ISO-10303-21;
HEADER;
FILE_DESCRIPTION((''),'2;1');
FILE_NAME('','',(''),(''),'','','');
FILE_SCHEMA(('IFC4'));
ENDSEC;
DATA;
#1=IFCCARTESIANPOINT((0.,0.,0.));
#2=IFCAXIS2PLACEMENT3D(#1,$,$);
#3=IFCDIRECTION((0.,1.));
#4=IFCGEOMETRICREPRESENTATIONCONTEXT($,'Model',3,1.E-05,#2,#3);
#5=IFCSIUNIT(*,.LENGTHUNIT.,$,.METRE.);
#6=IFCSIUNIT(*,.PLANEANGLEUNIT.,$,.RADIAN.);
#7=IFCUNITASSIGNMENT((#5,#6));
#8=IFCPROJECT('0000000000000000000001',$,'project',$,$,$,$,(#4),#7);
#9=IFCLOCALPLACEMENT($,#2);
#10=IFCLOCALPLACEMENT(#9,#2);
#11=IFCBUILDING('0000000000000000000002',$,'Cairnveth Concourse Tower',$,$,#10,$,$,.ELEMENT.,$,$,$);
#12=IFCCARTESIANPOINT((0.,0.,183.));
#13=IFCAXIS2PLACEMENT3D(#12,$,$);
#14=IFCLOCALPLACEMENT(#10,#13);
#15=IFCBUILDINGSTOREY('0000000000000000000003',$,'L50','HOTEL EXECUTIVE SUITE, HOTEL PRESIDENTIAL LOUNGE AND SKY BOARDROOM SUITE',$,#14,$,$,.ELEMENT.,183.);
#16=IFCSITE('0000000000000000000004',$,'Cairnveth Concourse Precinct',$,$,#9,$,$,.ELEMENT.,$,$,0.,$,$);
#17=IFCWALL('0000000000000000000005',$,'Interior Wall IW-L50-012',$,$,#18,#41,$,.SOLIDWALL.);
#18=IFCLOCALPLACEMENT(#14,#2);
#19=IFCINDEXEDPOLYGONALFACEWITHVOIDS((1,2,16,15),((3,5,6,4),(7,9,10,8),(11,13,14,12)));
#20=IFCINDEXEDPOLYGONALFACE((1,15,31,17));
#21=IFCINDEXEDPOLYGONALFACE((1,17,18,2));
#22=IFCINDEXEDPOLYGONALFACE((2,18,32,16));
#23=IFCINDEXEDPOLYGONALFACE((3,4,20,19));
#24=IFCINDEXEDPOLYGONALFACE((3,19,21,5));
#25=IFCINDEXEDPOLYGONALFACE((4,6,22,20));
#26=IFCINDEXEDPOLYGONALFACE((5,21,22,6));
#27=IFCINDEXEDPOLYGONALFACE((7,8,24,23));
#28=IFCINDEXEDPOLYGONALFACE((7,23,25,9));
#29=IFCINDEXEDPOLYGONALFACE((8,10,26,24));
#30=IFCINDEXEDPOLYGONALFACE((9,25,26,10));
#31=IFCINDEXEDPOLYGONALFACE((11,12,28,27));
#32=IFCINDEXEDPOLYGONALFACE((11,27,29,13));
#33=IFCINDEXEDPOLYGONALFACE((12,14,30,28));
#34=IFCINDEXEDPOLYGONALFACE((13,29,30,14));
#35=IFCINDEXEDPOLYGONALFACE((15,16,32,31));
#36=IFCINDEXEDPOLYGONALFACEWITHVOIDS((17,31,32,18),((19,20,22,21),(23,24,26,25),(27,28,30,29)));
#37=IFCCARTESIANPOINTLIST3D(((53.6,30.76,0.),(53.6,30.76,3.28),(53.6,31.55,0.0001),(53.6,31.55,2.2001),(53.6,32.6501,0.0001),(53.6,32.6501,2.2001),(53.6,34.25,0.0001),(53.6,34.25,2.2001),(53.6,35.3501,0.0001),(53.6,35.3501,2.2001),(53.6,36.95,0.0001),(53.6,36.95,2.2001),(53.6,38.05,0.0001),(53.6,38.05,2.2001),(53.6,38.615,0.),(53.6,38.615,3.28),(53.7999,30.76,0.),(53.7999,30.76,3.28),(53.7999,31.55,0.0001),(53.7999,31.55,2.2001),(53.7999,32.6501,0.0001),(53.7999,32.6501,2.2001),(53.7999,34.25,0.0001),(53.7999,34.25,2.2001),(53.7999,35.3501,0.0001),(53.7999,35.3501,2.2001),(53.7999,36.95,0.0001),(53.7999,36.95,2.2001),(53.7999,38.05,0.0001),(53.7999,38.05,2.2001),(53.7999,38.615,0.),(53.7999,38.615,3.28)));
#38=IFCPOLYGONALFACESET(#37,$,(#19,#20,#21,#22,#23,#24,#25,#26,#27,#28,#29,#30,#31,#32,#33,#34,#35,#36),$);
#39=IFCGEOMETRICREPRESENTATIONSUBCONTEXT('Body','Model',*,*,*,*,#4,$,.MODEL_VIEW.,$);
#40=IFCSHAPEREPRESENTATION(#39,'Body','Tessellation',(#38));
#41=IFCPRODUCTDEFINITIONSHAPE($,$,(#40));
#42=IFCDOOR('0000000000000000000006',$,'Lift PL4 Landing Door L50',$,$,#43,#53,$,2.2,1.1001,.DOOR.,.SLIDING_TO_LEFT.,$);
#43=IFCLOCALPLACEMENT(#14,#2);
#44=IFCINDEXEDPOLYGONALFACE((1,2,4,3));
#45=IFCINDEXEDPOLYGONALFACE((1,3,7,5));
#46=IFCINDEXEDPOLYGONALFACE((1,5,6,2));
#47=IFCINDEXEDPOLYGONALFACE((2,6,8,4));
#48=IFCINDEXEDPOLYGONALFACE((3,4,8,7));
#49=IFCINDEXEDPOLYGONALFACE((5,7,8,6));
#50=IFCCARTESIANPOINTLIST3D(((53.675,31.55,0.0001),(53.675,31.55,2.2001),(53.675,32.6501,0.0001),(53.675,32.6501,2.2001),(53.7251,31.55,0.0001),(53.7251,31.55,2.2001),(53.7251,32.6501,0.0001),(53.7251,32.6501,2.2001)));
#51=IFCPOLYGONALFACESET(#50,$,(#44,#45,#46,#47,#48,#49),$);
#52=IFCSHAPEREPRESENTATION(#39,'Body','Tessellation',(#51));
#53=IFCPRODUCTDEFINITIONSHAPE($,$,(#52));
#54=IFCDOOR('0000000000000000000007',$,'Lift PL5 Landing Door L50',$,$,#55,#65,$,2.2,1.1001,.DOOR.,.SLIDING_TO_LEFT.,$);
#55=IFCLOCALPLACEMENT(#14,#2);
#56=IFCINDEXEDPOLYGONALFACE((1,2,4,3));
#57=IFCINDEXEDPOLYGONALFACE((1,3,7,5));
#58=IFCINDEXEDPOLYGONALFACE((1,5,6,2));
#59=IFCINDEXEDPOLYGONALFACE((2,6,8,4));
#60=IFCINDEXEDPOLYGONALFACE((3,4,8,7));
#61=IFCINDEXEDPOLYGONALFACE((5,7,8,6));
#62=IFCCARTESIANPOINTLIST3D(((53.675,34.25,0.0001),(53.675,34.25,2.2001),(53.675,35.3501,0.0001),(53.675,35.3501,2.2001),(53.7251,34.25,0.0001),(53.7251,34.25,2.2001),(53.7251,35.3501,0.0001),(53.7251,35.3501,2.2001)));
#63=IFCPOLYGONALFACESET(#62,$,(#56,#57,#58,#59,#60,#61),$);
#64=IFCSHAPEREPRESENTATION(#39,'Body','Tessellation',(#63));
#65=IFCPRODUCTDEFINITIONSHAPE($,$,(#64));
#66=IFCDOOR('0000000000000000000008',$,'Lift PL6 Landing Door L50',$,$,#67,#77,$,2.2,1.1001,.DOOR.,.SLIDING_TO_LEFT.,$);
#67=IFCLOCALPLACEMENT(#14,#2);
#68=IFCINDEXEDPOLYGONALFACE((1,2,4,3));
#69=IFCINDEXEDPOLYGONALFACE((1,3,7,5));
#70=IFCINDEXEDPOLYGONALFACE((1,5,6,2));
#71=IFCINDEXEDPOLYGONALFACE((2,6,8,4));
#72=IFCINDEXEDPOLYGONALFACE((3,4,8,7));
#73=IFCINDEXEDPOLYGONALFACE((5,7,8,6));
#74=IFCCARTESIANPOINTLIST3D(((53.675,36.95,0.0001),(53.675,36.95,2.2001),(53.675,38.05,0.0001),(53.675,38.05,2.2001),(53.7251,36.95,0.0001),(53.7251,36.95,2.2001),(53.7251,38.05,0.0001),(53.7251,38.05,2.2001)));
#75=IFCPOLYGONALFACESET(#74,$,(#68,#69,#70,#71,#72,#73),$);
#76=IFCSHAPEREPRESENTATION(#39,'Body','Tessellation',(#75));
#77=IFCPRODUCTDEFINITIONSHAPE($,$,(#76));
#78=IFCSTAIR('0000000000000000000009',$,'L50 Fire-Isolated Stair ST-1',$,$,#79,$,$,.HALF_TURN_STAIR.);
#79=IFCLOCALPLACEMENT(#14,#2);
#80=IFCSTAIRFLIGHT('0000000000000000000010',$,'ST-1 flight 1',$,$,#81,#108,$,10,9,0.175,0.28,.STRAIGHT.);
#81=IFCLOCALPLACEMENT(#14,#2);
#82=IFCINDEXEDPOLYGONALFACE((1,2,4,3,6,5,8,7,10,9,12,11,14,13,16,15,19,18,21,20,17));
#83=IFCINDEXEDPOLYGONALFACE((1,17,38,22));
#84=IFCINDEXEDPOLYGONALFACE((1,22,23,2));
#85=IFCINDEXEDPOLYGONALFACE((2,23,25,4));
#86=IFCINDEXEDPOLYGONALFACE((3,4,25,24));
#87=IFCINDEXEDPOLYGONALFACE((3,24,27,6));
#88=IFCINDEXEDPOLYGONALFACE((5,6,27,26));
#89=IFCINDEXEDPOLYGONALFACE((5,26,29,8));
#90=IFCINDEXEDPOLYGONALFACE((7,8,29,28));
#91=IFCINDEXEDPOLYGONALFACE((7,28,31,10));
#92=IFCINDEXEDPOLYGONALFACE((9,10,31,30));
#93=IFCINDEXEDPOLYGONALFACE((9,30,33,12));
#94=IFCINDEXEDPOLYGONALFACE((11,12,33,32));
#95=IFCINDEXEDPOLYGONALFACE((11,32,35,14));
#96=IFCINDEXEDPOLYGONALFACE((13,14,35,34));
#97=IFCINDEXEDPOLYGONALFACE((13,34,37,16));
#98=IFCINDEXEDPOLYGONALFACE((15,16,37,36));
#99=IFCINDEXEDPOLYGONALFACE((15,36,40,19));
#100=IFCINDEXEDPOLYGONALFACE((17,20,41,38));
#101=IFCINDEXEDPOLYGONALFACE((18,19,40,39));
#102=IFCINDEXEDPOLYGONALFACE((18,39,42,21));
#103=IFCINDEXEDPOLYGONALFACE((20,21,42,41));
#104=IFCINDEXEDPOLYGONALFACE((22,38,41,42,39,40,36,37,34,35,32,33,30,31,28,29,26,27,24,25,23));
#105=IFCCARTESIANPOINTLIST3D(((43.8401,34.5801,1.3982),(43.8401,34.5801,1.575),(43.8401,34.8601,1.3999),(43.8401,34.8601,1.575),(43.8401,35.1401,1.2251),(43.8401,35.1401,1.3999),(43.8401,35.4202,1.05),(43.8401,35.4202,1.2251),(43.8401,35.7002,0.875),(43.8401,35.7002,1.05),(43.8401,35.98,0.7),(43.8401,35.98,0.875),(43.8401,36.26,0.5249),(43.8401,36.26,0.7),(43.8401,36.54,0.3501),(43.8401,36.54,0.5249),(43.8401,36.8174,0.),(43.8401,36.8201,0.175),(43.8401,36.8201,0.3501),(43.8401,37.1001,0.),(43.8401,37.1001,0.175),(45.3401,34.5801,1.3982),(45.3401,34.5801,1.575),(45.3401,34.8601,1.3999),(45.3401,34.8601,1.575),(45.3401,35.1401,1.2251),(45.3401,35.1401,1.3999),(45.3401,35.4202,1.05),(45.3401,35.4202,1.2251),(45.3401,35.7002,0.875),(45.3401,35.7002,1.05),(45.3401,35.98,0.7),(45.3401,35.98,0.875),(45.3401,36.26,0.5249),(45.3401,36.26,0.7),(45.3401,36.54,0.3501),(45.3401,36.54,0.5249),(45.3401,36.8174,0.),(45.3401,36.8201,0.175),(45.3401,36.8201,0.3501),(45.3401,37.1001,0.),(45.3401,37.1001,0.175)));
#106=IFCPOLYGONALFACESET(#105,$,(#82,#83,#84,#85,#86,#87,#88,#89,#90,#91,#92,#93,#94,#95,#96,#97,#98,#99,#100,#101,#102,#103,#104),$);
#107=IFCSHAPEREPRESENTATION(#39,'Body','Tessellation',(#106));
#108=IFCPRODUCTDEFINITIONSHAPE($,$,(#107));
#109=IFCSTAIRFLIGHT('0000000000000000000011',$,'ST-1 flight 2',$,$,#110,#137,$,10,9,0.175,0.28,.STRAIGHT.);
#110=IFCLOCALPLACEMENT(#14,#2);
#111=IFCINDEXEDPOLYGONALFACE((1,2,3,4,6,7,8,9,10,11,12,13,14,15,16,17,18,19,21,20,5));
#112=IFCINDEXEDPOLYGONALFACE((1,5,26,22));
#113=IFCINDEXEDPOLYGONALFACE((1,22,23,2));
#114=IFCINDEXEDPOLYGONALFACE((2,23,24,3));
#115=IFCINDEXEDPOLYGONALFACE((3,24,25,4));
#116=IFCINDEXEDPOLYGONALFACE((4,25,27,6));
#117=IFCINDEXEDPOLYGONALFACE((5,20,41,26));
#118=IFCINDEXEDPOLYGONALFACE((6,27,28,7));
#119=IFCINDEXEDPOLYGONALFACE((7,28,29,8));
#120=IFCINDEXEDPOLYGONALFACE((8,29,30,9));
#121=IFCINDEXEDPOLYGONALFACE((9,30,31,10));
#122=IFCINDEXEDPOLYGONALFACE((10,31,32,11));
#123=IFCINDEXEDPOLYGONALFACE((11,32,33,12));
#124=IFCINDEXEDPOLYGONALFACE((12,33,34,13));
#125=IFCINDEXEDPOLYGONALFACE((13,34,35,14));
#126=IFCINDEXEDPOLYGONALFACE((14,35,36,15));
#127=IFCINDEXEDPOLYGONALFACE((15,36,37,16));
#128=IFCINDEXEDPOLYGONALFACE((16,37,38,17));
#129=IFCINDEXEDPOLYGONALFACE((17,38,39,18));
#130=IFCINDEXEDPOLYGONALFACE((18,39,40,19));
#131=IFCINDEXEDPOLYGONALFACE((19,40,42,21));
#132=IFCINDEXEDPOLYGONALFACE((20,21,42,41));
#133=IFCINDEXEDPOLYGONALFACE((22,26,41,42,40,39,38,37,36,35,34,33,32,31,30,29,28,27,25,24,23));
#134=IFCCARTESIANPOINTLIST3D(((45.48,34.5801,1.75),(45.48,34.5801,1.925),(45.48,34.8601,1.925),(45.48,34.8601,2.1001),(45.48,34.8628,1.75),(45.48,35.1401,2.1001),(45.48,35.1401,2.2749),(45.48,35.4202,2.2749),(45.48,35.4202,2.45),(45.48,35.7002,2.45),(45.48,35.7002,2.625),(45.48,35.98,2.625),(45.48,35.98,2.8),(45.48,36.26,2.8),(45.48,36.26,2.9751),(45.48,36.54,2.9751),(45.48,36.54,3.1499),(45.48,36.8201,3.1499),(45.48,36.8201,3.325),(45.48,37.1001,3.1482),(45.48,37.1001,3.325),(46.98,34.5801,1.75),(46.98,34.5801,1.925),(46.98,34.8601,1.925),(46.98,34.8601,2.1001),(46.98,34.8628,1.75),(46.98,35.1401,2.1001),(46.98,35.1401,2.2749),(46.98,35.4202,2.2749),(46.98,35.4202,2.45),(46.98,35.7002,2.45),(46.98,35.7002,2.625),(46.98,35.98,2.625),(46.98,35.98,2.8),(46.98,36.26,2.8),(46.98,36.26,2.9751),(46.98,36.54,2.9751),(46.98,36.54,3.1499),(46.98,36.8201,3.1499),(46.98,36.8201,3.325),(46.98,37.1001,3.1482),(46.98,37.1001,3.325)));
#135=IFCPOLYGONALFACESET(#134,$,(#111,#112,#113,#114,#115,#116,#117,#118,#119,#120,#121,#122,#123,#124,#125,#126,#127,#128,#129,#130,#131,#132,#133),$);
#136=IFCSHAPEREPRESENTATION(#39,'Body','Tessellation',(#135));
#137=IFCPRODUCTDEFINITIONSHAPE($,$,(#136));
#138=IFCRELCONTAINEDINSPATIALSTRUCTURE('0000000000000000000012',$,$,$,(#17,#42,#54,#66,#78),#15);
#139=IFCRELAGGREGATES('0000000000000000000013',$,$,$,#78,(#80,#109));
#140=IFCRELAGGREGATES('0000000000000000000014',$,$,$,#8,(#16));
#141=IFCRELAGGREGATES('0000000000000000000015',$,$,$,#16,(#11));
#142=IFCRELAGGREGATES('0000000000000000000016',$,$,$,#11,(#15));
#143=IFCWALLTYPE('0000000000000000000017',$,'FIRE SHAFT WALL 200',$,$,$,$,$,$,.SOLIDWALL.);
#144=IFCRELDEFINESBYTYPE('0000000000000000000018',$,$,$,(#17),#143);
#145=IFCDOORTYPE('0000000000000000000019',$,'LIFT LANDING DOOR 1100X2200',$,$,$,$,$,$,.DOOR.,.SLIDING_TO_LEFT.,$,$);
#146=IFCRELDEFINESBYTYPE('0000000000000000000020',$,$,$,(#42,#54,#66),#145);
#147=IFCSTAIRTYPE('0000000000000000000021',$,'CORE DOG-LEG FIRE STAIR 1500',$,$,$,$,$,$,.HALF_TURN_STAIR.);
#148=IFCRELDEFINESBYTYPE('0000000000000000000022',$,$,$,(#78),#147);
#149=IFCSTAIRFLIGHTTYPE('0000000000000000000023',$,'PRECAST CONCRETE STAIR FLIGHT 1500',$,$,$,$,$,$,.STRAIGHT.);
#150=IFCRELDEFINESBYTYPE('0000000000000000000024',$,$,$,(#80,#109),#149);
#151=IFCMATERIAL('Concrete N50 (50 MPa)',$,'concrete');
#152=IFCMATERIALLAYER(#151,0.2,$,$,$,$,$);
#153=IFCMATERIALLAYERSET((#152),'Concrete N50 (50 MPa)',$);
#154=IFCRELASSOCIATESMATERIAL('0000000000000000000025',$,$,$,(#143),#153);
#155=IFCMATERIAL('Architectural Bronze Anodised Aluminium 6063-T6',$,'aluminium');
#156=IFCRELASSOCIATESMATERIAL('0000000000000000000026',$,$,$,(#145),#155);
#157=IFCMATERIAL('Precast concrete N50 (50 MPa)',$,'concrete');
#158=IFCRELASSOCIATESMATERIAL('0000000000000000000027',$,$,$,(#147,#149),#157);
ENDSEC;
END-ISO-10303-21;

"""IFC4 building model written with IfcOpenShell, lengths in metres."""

from ifc_helpers import new_model, si_unit, direction, frame, frame_2d, origin, place, context, subcontext, project, spatial, polyline, rectangle, outline, extrude, material, layer, layer_set, type_object, element, fill, aggregate, save


model = new_model("IFC4")

# Units and contexts
model_context = context("Model", 3, precision=1e-05, world=origin(), true_north=direction((0.0, 1.0)))
body_context = subcontext(model_context, "Body", "Model", "MODEL_VIEW")
ifc_project = project(units=[si_unit("LENGTHUNIT", "METRE"), si_unit("PLANEANGLEUNIT", "RADIAN")], contexts=[model_context])

# Site, building, storey
site_placement = place(None, origin())
site = spatial("IfcSite", under=ifc_project, at=site_placement, Name="Cairnveth Concourse Precinct", CompositionType="ELEMENT", RefElevation=0.0)
building_placement = place(site_placement, origin())
building = spatial("IfcBuilding", under=site, at=building_placement, Name="Cairnveth Concourse Tower", CompositionType="ELEMENT")
storey_placement = place(building_placement, frame((0.0, 0.0, 183.0)))
storey = spatial("IfcBuildingStorey", under=building, at=storey_placement, Name="L50", Description="HOTEL EXECUTIVE SUITE, HOTEL PRESIDENTIAL LOUNGE AND SKY BOARDROOM SUITE", CompositionType="ELEMENT", Elevation=183.0)

# Shared definitions
ifc_material_1 = material(Name="Concrete N50 (50 MPa)", Category="concrete")

# Shared definitions
ifc_layer_1 = layer(ifc_material_1, 0.2)
ifc_layer_set_1 = layer_set([ifc_layer_1], Name="Concrete N50 (50 MPa)")
wall_type_1 = type_object("IfcWallType", Name="FIRE SHAFT WALL 200", PredefinedType="SOLIDWALL", material=ifc_layer_set_1)

# Wall, openings, doors
wall_1_placement = place(storey_placement, frame((53.7, 30.76, 0.0), z_axis=(0.0, 0.0, 1.0), x_axis=(0.0, 1.0, 0.0)))
wall_1 = element("IfcWall", 1, at=wall_1_placement, inside=storey, type_object=wall_type_1, Name="Interior Wall IW-L50-012", PredefinedType="SOLIDWALL", context=body_context, shape_type="SweptSolid", body=[
    extrude(rectangle(XDim=7.855, YDim=0.2, at=frame_2d((3.9275, 0.0))), origin(), (0.0, 0.0, 1.0), 3.28),
])
opening_1_placement = place(wall_1_placement, frame((0.79, 0.0, 0.0)))
opening_1 = element("IfcOpeningElement", 2, at=opening_1_placement, cuts=wall_1, PredefinedType="OPENING", context=body_context, shape_type="SweptSolid", body=[
    extrude(rectangle(XDim=1.1001, YDim=2.2, at=frame_2d((0.55, 1.1001))), frame((0.0, 0.1099, 0.0), z_axis=(0.0, -1.0, 0.0), x_axis=(1.0, 0.0, 0.0)), (0.0, 0.0, 1.0), 0.22),
])
opening_2_placement = place(wall_1_placement, frame((3.49, 0.0, 0.0)))
opening_2 = element("IfcOpeningElement", 3, at=opening_2_placement, cuts=wall_1, PredefinedType="OPENING", context=body_context, shape_type="SweptSolid", body=[
    extrude(rectangle(XDim=1.1001, YDim=2.2, at=frame_2d((0.55, 1.1001))), frame((0.0, 0.1099, 0.0), z_axis=(0.0, -1.0, 0.0), x_axis=(1.0, 0.0, 0.0)), (0.0, 0.0, 1.0), 0.22),
])
opening_3_placement = place(wall_1_placement, frame((6.1899, 0.0, 0.0)))
opening_3 = element("IfcOpeningElement", 4, at=opening_3_placement, cuts=wall_1, PredefinedType="OPENING", context=body_context, shape_type="SweptSolid", body=[
    extrude(rectangle(XDim=1.1001, YDim=2.2, at=frame_2d((0.55, 1.1001))), frame((0.0, 0.1099, 0.0), z_axis=(0.0, -1.0, 0.0), x_axis=(1.0, 0.0, 0.0)), (0.0, 0.0, 1.0), 0.22),
])
ifc_material_2 = material(Name="Architectural Bronze Anodised Aluminium 6063-T6", Category="aluminium")
door_type_1 = type_object("IfcDoorType", Name="LIFT LANDING DOOR 1100X2200", OperationType="SLIDING_TO_LEFT", PredefinedType="DOOR", material=ifc_material_2)
door_1_placement = place(opening_1_placement, origin())
door_1 = element("IfcDoor", 5, at=door_1_placement, inside=storey, type_object=door_type_1, Name="Lift PL4 Landing Door L50", OperationType="SLIDING_TO_LEFT", OverallHeight=2.2, OverallWidth=1.1001, PredefinedType="DOOR", context=body_context, shape_type="SweptSolid", body=[
    extrude(rectangle(XDim=1.1001, YDim=2.2, at=frame_2d((0.55, 1.1001))), frame((0.0, 0.0249, 0.0), z_axis=(0.0, -1.0, 0.0), x_axis=(1.0, 0.0, 0.0)), (0.0, 0.0, 1.0), 0.05),
])
fill(opening_1, door_1)
door_2_placement = place(opening_2_placement, origin())
door_2 = element("IfcDoor", 6, at=door_2_placement, inside=storey, type_object=door_type_1, Name="Lift PL5 Landing Door L50", OperationType="SLIDING_TO_LEFT", OverallHeight=2.2, OverallWidth=1.1001, PredefinedType="DOOR", context=body_context, shape_type="SweptSolid", body=[
    extrude(rectangle(XDim=1.1001, YDim=2.2, at=frame_2d((0.55, 1.1001))), frame((0.0, 0.0249, 0.0), z_axis=(0.0, -1.0, 0.0), x_axis=(1.0, 0.0, 0.0)), (0.0, 0.0, 1.0), 0.05),
])
fill(opening_2, door_2)
door_3_placement = place(opening_3_placement, origin())
door_3 = element("IfcDoor", 7, at=door_3_placement, inside=storey, type_object=door_type_1, Name="Lift PL6 Landing Door L50", OperationType="SLIDING_TO_LEFT", OverallHeight=2.2, OverallWidth=1.1001, PredefinedType="DOOR", context=body_context, shape_type="SweptSolid", body=[
    extrude(rectangle(XDim=1.1001, YDim=2.2, at=frame_2d((0.55, 1.1001))), frame((0.0, 0.0249, 0.0), z_axis=(0.0, -1.0, 0.0), x_axis=(1.0, 0.0, 0.0)), (0.0, 0.0, 1.0), 0.05),
])
fill(opening_3, door_3)

# Stair, stair flights
ifc_material_3 = material(Name="Precast concrete N50 (50 MPa)", Category="concrete")
stair_type = type_object("IfcStairType", Name="CORE DOG-LEG FIRE STAIR 1500", PredefinedType="HALF_TURN_STAIR", material=ifc_material_3)
stair_placement = place(storey_placement, origin())
stair = element("IfcStair", 8, at=stair_placement, inside=storey, type_object=stair_type, Name="L50 Fire-Isolated Stair ST-1", PredefinedType="HALF_TURN_STAIR")
stair_flight_type = type_object("IfcStairFlightType", Name="PRECAST CONCRETE STAIR FLIGHT 1500", PredefinedType="STRAIGHT", material=ifc_material_3)
stair_flight_1_placement = place(storey_placement, frame((44.5901, 37.1001, 0.0), z_axis=(0.0, 0.0, 1.0), x_axis=(0.0, -1.0, 0.0)))
stair_flight_1 = element("IfcStairFlight", 9, at=stair_flight_1_placement, type_object=stair_flight_type, Name="ST-1 flight 1", NumberOfRisers=10, NumberOfTreads=9, PredefinedType="STRAIGHT", RiserHeight=0.175, TreadLength=0.28, context=body_context, shape_type="SweptSolid", body=[
    extrude(outline(polyline([(0.0, 0.0), (0.0, 0.175), (0.28, 0.175), (0.28, 0.3501), (0.5601, 0.3501), (0.5601, 0.5249), (0.8401, 0.5249), (0.8401, 0.7), (1.1201, 0.7), (1.1201, 0.875), (1.3999, 0.875), (1.3999, 1.05), (1.6799, 1.05), (1.6799, 1.2251), (1.96, 1.2251), (1.96, 1.3999), (2.24, 1.3999), (2.24, 1.575), (2.52, 1.575), (2.52, 1.75), (2.52, 1.3982), (0.2827, 0.0), (0.0, 0.0)])), frame((0.0, 0.75, 0.0), z_axis=(0.0, -1.0, 0.0), x_axis=(1.0, 0.0, 0.0)), (0.0, 0.0, 1.0), 1.5),
])
stair_flight_2_placement = place(storey_placement, frame((46.23, 34.5801, 1.75), z_axis=(0.0, 0.0, 1.0), x_axis=(0.0, 1.0, 0.0)))
stair_flight_2 = element("IfcStairFlight", 10, at=stair_flight_2_placement, type_object=stair_flight_type, Name="ST-1 flight 2", NumberOfRisers=10, NumberOfTreads=9, PredefinedType="STRAIGHT", RiserHeight=0.175, TreadLength=0.28, context=body_context, shape_type="SweptSolid", body=[
    extrude(outline(polyline([(0.0, 0.0), (0.0, 0.175), (0.28, 0.175), (0.28, 0.3501), (0.5601, 0.3501), (0.5601, 0.5249), (0.8401, 0.5249), (0.8401, 0.7), (1.1201, 0.7), (1.1201, 0.875), (1.3999, 0.875), (1.3999, 1.05), (1.6799, 1.05), (1.6799, 1.2251), (1.96, 1.2251), (1.96, 1.3999), (2.24, 1.3999), (2.24, 1.575), (2.52, 1.575), (2.52, 1.75), (2.52, 1.3982), (0.2827, 0.0), (0.0, 0.0)])), frame((0.0, 0.75, 0.0), z_axis=(0.0, -1.0, 0.0), x_axis=(1.0, 0.0, 0.0)), (0.0, 0.0, 1.0), 1.5),
])
aggregate(stair, [stair_flight_1, stair_flight_2])

save(model, "model.ifc")
